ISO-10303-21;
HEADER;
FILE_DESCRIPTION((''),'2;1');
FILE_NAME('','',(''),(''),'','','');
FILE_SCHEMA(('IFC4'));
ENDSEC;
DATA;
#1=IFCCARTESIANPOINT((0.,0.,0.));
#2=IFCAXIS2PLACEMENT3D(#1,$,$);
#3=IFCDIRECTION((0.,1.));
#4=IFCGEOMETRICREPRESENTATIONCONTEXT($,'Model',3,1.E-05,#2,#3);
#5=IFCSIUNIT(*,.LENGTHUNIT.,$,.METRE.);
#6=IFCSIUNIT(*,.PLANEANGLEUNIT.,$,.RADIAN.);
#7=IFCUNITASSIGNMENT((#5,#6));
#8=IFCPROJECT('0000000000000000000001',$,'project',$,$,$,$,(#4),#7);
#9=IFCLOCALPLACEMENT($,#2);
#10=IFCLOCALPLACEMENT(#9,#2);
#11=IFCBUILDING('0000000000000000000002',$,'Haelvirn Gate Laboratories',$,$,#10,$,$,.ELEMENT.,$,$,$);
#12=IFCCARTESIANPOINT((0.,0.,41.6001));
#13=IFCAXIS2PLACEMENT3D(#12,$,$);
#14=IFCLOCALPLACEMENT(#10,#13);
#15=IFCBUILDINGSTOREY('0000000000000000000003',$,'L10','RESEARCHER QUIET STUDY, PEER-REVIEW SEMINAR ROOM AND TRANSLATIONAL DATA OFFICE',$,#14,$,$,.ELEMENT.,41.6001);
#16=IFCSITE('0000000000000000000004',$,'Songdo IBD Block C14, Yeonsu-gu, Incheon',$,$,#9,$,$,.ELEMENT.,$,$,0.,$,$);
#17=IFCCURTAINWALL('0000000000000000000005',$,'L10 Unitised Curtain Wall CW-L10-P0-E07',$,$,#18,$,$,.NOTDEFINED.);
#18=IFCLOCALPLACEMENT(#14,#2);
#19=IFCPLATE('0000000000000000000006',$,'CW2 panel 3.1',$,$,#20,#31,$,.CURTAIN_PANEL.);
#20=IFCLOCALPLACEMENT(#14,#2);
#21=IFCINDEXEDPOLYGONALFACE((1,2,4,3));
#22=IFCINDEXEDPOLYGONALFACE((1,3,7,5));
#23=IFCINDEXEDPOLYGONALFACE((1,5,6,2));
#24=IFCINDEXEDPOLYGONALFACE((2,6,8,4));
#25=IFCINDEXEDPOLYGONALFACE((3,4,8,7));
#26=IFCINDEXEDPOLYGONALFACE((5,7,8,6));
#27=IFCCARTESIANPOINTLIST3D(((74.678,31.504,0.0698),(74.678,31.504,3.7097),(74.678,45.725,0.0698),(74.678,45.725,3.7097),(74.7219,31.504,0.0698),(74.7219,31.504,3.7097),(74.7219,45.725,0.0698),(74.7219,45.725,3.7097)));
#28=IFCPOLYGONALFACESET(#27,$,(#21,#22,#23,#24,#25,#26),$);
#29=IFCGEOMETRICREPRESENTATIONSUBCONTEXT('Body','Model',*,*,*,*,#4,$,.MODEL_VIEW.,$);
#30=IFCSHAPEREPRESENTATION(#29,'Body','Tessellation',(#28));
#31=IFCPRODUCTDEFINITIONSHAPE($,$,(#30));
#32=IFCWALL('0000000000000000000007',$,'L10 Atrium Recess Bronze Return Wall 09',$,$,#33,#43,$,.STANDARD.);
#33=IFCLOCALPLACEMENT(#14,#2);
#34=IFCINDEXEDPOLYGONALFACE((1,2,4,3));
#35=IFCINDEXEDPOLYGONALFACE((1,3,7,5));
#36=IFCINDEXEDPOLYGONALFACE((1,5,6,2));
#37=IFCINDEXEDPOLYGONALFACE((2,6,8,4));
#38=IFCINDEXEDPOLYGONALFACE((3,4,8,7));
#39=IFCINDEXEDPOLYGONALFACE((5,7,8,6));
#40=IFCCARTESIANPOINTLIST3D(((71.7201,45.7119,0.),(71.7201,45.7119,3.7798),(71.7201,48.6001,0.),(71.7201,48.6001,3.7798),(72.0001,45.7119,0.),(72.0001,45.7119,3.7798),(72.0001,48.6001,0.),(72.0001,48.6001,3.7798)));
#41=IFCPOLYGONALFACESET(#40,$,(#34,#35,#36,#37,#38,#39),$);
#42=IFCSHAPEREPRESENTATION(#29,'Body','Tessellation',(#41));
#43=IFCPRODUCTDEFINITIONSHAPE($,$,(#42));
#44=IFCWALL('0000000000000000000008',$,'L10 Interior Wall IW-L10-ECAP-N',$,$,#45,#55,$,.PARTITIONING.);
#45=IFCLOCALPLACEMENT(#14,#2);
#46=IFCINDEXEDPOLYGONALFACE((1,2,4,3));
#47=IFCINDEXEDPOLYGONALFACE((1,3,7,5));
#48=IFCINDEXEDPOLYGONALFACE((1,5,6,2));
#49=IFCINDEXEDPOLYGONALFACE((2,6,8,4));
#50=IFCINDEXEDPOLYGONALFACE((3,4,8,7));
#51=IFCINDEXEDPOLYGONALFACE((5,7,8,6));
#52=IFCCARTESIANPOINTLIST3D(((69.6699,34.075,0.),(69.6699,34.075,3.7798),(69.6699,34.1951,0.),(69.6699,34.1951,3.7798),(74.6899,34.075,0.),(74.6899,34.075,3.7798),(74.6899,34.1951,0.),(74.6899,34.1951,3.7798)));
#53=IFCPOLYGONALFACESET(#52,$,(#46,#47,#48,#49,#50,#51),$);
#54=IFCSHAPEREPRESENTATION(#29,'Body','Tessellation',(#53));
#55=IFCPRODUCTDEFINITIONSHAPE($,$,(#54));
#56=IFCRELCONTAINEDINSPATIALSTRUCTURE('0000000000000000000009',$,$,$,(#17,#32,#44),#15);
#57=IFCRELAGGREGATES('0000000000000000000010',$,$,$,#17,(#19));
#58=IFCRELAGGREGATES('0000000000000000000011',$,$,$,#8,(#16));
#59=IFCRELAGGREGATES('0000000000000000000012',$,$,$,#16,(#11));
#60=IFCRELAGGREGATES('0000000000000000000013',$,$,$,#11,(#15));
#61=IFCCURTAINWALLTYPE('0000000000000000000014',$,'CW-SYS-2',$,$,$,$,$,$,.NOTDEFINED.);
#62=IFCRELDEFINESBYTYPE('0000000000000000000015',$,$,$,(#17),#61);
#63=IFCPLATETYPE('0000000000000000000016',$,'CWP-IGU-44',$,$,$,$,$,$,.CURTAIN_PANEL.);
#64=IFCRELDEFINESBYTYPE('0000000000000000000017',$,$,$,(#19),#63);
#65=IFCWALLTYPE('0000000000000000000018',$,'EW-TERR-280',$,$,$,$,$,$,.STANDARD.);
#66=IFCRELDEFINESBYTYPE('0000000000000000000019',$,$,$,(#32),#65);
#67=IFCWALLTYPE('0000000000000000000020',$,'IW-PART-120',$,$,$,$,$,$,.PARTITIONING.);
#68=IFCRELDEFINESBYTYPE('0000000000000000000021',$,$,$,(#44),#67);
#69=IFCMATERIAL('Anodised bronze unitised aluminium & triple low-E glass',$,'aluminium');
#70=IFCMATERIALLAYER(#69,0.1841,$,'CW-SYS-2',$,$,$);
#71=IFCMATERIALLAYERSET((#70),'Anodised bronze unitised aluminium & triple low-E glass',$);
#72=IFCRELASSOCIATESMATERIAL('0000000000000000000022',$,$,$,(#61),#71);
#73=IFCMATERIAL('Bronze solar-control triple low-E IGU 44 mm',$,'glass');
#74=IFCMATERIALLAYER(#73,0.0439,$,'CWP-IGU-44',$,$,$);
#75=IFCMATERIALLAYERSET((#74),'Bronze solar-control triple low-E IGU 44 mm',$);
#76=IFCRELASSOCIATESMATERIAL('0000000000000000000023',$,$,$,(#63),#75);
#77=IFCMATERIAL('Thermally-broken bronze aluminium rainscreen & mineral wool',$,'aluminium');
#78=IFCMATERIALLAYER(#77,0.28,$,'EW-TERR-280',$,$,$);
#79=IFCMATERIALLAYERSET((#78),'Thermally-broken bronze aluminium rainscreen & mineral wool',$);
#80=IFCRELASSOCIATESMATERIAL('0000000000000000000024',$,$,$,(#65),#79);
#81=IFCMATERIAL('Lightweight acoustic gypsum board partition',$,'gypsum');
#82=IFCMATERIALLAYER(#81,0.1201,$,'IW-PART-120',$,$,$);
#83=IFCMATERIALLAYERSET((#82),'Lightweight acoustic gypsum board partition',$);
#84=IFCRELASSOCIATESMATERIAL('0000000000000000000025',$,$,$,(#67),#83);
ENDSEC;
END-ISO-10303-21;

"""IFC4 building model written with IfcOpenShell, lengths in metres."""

from ifc_helpers import new_model, si_unit, direction, frame, frame_2d, origin, origin_2d, place, context, subcontext, project, spatial, rectangle, extrude, source, transform, mapped, material, layer, layer_set, type_object, element, aggregate, save


model = new_model("IFC4")

# Units and contexts
model_context = context("Model", 3, precision=1e-05, world=origin(), true_north=direction((0.0, 1.0)))
body_context = subcontext(model_context, "Body", "Model", "MODEL_VIEW")
ifc_project = project(units=[si_unit("LENGTHUNIT", "METRE"), si_unit("PLANEANGLEUNIT", "RADIAN")], contexts=[model_context])

# Site, building, storey
site_placement = place(None, origin())
site = spatial("IfcSite", under=ifc_project, at=site_placement, Name="Songdo IBD Block C14, Yeonsu-gu, Incheon", CompositionType="ELEMENT", RefElevation=0.0)
building_placement = place(site_placement, origin())
building = spatial("IfcBuilding", under=site, at=building_placement, Name="Haelvirn Gate Laboratories", CompositionType="ELEMENT")
storey_placement = place(building_placement, frame((0.0, 0.0, 41.6001)))
storey = spatial("IfcBuildingStorey", under=building, at=storey_placement, Name="L10", Description="RESEARCHER QUIET STUDY, PEER-REVIEW SEMINAR ROOM AND TRANSLATIONAL DATA OFFICE", CompositionType="ELEMENT", Elevation=41.6001)

# Shared definitions
ifc_material_1 = material(Name="Anodised bronze unitised aluminium & triple low-E glass", Category="aluminium")
ifc_layer_1 = layer(ifc_material_1, 0.1841, Name="CW-SYS-2")
ifc_layer_set_1 = layer_set([ifc_layer_1], Name="Anodised bronze unitised aluminium & triple low-E glass")
curtain_wall_type_1 = type_object("IfcCurtainWallType", Name="CW-SYS-2", PredefinedType="NOTDEFINED", material=ifc_layer_set_1)

# Curtain wall
curtain_wall_1_placement = place(storey_placement, origin())
curtain_wall_1 = element("IfcCurtainWall", 1, at=curtain_wall_1_placement, inside=storey, type_object=curtain_wall_type_1, Name="L10 Unitised Curtain Wall CW-L10-P0-E07", PredefinedType="NOTDEFINED")

# Plate
ifc_material_2 = material(Name="Bronze solar-control triple low-E IGU 44 mm", Category="glass")
ifc_layer_2 = layer(ifc_material_2, 0.0439, Name="CWP-IGU-44")
ifc_layer_set_2 = layer_set([ifc_layer_2], Name="Bronze solar-control triple low-E IGU 44 mm")
plate_type_1 = type_object("IfcPlateType", Name="CWP-IGU-44", PredefinedType="CURTAIN_PANEL", material=ifc_layer_set_2)
shared_shape_1 = source(origin(), body_context, "Body", "SweptSolid", [
    extrude(rectangle(XDim=14.2209, YDim=0.0439, at=origin_2d()), origin(), (0.0, 0.0, 1.0), 3.6399),
])
plate_1_placement = place(storey_placement, frame((74.7, 38.6145, 0.0698), z_axis=(0.0, 0.0, 1.0), x_axis=(0.0, 1.0, 0.0)))
plate_1 = element("IfcPlate", 2, at=plate_1_placement, type_object=plate_type_1, Name="CW2 panel 3.1", PredefinedType="CURTAIN_PANEL", context=body_context, shape_type="MappedRepresentation", body=[
    mapped(shared_shape_1, transform((0.0, 0.0, 0.0), scale=1.0)),
])
aggregate(curtain_wall_1, [plate_1])

# Walls
ifc_material_3 = material(Name="Thermally-broken bronze aluminium rainscreen & mineral wool", Category="aluminium")
ifc_layer_3 = layer(ifc_material_3, 0.28, Name="EW-TERR-280")
ifc_layer_set_3 = layer_set([ifc_layer_3], Name="Thermally-broken bronze aluminium rainscreen & mineral wool")
wall_type_1 = type_object("IfcWallType", Name="EW-TERR-280", PredefinedType="STANDARD", material=ifc_layer_set_3)
wall_1_placement = place(storey_placement, frame((71.8601, 45.7119, 0.0), z_axis=(0.0, 0.0, 1.0), x_axis=(0.0, 1.0, 0.0)))
element("IfcWall", 3, at=wall_1_placement, inside=storey, type_object=wall_type_1, Name="L10 Atrium Recess Bronze Return Wall 09", PredefinedType="STANDARD", context=body_context, shape_type="SweptSolid", body=[
    extrude(rectangle(XDim=2.8882, YDim=0.28, at=frame_2d((1.4441, 0.0))), origin(), (0.0, 0.0, 1.0), 3.7798),
])
ifc_material_4 = material(Name="Lightweight acoustic gypsum board partition", Category="gypsum")
ifc_layer_4 = layer(ifc_material_4, 0.1201, Name="IW-PART-120")
ifc_layer_set_4 = layer_set([ifc_layer_4], Name="Lightweight acoustic gypsum board partition")
wall_type_2 = type_object("IfcWallType", Name="IW-PART-120", PredefinedType="PARTITIONING", material=ifc_layer_set_4)
wall_2_placement = place(storey_placement, frame((69.6699, 34.135, 0.0), z_axis=(0.0, 0.0, 1.0), x_axis=(1.0, 0.0, 0.0)))
element("IfcWall", 4, at=wall_2_placement, inside=storey, type_object=wall_type_2, Name="L10 Interior Wall IW-L10-ECAP-N", PredefinedType="PARTITIONING", context=body_context, shape_type="SweptSolid", body=[
    extrude(rectangle(XDim=5.02, YDim=0.1201, at=frame_2d((2.51, 0.0))), origin(), (0.0, 0.0, 1.0), 3.7798),
])

save(model, "model.ifc")
